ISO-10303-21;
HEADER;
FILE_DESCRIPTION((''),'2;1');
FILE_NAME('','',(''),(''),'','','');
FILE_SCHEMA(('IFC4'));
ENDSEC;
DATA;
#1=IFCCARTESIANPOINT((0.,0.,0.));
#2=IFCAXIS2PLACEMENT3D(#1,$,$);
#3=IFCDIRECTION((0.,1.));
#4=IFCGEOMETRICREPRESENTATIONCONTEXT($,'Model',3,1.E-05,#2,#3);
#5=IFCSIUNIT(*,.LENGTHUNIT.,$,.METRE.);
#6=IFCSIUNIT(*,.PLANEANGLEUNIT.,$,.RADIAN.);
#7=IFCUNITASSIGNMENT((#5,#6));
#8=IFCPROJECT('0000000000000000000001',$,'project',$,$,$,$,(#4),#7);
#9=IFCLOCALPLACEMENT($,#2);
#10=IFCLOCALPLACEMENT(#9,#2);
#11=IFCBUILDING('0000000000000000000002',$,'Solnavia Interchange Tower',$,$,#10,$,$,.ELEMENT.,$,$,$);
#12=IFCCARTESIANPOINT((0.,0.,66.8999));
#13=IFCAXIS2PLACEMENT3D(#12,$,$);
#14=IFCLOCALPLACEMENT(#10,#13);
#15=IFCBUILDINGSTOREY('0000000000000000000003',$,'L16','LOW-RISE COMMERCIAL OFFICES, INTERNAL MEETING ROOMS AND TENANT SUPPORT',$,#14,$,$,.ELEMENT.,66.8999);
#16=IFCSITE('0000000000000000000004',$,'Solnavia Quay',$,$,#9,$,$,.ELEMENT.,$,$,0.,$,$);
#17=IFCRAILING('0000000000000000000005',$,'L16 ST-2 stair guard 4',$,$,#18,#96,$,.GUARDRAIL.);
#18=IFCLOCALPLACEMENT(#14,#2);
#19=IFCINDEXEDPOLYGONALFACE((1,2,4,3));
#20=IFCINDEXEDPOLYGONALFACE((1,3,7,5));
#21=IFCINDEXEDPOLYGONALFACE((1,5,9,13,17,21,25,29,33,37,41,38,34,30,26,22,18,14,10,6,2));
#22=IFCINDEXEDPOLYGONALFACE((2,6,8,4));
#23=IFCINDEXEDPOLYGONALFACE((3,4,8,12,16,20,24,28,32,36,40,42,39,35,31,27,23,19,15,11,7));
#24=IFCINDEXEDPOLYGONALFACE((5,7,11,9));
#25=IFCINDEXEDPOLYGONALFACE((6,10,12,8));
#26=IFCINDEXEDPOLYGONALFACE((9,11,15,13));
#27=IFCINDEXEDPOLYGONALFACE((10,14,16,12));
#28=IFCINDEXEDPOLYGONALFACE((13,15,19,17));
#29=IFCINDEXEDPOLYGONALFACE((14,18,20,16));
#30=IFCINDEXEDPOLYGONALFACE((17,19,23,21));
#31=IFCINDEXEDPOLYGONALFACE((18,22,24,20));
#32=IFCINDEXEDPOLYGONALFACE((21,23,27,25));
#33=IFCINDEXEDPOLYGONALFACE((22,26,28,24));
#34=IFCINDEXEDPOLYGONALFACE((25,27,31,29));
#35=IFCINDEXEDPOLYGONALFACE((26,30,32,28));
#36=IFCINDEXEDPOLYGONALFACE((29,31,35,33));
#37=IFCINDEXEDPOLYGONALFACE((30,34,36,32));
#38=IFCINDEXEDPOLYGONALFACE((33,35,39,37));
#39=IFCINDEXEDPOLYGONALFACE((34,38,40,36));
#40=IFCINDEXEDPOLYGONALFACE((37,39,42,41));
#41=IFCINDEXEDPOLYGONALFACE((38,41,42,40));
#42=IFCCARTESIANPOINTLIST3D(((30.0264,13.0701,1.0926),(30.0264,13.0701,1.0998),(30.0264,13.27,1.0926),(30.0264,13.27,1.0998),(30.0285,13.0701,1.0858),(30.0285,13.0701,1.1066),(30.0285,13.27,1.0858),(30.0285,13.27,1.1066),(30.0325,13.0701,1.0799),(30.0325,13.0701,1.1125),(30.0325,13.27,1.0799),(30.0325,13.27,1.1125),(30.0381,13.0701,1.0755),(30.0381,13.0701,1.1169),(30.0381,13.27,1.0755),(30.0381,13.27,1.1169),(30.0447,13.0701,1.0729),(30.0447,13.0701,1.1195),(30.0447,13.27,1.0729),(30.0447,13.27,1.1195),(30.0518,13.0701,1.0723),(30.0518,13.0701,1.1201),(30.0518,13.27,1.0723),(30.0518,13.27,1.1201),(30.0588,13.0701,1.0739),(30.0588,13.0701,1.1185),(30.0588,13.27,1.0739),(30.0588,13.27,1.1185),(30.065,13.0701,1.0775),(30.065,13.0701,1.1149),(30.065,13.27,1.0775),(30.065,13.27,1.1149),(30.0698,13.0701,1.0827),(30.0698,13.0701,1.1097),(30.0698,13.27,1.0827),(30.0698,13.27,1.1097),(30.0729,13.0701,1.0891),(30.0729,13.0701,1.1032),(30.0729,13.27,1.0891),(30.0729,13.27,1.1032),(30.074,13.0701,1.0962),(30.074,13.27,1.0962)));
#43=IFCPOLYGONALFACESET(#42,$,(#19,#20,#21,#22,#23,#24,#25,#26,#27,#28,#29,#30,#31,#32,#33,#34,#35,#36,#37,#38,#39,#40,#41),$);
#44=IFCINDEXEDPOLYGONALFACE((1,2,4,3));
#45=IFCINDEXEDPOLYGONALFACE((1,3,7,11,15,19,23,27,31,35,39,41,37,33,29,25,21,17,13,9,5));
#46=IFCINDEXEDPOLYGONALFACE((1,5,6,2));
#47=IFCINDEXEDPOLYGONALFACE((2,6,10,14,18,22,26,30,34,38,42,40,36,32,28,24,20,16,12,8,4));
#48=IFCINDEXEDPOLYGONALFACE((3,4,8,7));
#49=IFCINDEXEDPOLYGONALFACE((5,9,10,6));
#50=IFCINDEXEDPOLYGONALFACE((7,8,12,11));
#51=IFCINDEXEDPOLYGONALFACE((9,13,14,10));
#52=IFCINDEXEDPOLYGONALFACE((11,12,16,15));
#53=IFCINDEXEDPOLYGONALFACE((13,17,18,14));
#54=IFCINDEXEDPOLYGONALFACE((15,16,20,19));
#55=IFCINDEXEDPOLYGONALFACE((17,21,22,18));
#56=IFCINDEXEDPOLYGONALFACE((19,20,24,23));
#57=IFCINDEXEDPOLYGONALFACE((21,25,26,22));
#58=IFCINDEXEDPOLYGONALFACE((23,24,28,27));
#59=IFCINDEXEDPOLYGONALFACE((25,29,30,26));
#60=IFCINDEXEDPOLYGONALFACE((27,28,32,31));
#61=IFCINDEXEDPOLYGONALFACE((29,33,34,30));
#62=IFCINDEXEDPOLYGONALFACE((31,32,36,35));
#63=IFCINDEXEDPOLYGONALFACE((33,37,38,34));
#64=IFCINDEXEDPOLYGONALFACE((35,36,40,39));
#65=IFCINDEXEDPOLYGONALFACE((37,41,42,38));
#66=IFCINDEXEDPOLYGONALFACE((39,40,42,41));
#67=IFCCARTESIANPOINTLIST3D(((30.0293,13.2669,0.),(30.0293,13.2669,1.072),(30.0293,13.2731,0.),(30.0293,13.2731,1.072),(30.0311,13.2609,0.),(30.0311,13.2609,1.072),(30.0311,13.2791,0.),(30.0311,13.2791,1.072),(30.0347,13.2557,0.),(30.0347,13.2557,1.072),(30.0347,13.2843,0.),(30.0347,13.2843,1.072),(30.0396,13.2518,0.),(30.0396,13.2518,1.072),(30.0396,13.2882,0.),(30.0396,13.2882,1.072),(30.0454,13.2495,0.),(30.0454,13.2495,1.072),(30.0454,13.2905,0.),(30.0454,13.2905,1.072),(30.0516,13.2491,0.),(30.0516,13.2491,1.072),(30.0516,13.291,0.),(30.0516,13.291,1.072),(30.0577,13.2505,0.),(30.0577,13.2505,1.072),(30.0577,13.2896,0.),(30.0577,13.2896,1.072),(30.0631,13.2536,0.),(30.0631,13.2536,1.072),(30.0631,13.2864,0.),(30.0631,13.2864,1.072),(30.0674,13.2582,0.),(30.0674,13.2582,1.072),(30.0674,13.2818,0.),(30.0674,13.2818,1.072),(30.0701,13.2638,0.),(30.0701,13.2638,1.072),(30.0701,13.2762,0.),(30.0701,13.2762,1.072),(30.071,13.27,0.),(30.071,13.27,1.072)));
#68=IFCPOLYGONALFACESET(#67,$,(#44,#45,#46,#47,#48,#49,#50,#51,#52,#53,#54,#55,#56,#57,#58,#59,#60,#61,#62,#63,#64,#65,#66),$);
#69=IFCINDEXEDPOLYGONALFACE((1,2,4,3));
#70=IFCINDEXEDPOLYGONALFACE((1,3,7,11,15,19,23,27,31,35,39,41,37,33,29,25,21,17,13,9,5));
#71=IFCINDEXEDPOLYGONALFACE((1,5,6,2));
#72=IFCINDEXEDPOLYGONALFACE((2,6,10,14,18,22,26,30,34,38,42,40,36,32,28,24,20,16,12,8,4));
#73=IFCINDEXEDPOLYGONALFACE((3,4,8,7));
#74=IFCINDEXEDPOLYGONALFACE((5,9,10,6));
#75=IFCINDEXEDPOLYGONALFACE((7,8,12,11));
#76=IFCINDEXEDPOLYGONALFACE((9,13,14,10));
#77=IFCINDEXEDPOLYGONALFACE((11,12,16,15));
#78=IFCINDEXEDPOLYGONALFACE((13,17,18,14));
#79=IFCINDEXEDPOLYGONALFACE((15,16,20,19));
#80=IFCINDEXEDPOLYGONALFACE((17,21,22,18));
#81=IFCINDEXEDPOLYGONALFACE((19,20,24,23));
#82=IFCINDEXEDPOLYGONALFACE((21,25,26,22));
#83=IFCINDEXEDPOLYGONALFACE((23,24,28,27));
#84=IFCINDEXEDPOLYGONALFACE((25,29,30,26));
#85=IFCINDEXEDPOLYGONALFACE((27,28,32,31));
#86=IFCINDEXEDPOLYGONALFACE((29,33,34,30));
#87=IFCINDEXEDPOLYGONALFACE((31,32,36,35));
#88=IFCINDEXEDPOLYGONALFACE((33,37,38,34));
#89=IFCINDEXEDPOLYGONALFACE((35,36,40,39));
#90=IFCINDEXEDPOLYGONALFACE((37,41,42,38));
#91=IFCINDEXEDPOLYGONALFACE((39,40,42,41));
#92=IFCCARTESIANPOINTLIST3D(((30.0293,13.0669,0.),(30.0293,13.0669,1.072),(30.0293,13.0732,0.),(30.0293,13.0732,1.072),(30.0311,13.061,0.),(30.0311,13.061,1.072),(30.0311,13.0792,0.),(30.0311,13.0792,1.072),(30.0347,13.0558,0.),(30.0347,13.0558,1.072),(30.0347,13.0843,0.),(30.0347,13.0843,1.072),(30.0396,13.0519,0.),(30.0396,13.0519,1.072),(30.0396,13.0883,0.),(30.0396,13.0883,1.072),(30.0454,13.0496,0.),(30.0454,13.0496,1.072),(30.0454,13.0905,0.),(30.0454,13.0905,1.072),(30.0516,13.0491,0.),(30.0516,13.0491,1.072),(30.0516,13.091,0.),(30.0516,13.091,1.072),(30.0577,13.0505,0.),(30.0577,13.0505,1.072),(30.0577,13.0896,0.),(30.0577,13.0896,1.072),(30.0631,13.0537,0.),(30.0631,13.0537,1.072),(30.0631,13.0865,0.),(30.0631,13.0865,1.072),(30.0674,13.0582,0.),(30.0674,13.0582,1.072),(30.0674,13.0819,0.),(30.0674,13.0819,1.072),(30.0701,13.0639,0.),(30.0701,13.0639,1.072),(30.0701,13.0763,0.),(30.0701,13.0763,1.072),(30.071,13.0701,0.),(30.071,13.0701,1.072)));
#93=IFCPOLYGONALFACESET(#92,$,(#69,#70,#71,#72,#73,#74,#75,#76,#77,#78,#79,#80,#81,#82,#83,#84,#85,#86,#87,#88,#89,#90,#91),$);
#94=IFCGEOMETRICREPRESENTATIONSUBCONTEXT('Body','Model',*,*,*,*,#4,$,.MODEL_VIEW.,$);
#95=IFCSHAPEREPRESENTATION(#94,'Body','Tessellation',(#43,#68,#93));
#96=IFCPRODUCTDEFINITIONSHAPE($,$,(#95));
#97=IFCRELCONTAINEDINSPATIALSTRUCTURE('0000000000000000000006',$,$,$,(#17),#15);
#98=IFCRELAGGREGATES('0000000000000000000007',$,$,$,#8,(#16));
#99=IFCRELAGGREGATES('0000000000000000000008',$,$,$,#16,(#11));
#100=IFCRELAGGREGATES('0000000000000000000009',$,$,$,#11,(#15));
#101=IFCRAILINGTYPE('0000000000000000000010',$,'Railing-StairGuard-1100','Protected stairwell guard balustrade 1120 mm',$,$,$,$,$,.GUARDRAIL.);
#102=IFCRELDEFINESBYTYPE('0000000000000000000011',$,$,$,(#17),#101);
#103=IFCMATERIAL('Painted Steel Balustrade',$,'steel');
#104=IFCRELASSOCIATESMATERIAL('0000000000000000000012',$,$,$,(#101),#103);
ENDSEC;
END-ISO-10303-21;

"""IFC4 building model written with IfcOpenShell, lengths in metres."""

from ifc_helpers import new_model, si_unit, direction, frame, origin, origin_2d, place, context, subcontext, project, spatial, circle, extrude, material, type_object, element, save


model = new_model("IFC4")

# Units and contexts
model_context = context("Model", 3, precision=1e-05, world=origin(), true_north=direction((0.0, 1.0)))
body_context = subcontext(model_context, "Body", "Model", "MODEL_VIEW")
ifc_project = project(units=[si_unit("LENGTHUNIT", "METRE"), si_unit("PLANEANGLEUNIT", "RADIAN")], contexts=[model_context])

# Site, building, storey
site_placement = place(None, origin())
site = spatial("IfcSite", under=ifc_project, at=site_placement, Name="Solnavia Quay", CompositionType="ELEMENT", RefElevation=0.0)
building_placement = place(site_placement, origin())
building = spatial("IfcBuilding", under=site, at=building_placement, Name="Solnavia Interchange Tower", CompositionType="ELEMENT")
storey_placement = place(building_placement, frame((0.0, 0.0, 66.8999)))
storey = spatial("IfcBuildingStorey", under=building, at=storey_placement, Name="L16", Description="LOW-RISE COMMERCIAL OFFICES, INTERNAL MEETING ROOMS AND TENANT SUPPORT", CompositionType="ELEMENT", Elevation=66.8999)

# Railing
ifc_material_1 = material(Name="Painted Steel Balustrade", Category="steel")
railing_type_1 = type_object("IfcRailingType", Name="Railing-StairGuard-1100", Description="Protected stairwell guard balustrade 1120 mm", PredefinedType="GUARDRAIL", material=ifc_material_1)
railing_1_placement = place(storey_placement, frame((30.05, 13.27, 0.0)))
element("IfcRailing", 1, at=railing_1_placement, inside=storey, type_object=railing_type_1, Name="L16 ST-2 stair guard 4", PredefinedType="GUARDRAIL", context=body_context, shape_type="SweptSolid", body=[
    extrude(circle(Radius=0.0239, at=origin_2d()), frame((0.0, 0.0, 1.0962), z_axis=(0.0, -1.0, 0.0), x_axis=(1.0, 0.0, 0.0)), (0.0, 0.0, 1.0), 0.2),
    extrude(circle(Radius=0.021, at=origin_2d()), origin(), (0.0, 0.0, 1.0), 1.072),
    extrude(circle(Radius=0.021, at=origin_2d()), frame((0.0, -0.2, 0.0)), (0.0, 0.0, 1.0), 1.072),
])

save(model, "model.ifc")
